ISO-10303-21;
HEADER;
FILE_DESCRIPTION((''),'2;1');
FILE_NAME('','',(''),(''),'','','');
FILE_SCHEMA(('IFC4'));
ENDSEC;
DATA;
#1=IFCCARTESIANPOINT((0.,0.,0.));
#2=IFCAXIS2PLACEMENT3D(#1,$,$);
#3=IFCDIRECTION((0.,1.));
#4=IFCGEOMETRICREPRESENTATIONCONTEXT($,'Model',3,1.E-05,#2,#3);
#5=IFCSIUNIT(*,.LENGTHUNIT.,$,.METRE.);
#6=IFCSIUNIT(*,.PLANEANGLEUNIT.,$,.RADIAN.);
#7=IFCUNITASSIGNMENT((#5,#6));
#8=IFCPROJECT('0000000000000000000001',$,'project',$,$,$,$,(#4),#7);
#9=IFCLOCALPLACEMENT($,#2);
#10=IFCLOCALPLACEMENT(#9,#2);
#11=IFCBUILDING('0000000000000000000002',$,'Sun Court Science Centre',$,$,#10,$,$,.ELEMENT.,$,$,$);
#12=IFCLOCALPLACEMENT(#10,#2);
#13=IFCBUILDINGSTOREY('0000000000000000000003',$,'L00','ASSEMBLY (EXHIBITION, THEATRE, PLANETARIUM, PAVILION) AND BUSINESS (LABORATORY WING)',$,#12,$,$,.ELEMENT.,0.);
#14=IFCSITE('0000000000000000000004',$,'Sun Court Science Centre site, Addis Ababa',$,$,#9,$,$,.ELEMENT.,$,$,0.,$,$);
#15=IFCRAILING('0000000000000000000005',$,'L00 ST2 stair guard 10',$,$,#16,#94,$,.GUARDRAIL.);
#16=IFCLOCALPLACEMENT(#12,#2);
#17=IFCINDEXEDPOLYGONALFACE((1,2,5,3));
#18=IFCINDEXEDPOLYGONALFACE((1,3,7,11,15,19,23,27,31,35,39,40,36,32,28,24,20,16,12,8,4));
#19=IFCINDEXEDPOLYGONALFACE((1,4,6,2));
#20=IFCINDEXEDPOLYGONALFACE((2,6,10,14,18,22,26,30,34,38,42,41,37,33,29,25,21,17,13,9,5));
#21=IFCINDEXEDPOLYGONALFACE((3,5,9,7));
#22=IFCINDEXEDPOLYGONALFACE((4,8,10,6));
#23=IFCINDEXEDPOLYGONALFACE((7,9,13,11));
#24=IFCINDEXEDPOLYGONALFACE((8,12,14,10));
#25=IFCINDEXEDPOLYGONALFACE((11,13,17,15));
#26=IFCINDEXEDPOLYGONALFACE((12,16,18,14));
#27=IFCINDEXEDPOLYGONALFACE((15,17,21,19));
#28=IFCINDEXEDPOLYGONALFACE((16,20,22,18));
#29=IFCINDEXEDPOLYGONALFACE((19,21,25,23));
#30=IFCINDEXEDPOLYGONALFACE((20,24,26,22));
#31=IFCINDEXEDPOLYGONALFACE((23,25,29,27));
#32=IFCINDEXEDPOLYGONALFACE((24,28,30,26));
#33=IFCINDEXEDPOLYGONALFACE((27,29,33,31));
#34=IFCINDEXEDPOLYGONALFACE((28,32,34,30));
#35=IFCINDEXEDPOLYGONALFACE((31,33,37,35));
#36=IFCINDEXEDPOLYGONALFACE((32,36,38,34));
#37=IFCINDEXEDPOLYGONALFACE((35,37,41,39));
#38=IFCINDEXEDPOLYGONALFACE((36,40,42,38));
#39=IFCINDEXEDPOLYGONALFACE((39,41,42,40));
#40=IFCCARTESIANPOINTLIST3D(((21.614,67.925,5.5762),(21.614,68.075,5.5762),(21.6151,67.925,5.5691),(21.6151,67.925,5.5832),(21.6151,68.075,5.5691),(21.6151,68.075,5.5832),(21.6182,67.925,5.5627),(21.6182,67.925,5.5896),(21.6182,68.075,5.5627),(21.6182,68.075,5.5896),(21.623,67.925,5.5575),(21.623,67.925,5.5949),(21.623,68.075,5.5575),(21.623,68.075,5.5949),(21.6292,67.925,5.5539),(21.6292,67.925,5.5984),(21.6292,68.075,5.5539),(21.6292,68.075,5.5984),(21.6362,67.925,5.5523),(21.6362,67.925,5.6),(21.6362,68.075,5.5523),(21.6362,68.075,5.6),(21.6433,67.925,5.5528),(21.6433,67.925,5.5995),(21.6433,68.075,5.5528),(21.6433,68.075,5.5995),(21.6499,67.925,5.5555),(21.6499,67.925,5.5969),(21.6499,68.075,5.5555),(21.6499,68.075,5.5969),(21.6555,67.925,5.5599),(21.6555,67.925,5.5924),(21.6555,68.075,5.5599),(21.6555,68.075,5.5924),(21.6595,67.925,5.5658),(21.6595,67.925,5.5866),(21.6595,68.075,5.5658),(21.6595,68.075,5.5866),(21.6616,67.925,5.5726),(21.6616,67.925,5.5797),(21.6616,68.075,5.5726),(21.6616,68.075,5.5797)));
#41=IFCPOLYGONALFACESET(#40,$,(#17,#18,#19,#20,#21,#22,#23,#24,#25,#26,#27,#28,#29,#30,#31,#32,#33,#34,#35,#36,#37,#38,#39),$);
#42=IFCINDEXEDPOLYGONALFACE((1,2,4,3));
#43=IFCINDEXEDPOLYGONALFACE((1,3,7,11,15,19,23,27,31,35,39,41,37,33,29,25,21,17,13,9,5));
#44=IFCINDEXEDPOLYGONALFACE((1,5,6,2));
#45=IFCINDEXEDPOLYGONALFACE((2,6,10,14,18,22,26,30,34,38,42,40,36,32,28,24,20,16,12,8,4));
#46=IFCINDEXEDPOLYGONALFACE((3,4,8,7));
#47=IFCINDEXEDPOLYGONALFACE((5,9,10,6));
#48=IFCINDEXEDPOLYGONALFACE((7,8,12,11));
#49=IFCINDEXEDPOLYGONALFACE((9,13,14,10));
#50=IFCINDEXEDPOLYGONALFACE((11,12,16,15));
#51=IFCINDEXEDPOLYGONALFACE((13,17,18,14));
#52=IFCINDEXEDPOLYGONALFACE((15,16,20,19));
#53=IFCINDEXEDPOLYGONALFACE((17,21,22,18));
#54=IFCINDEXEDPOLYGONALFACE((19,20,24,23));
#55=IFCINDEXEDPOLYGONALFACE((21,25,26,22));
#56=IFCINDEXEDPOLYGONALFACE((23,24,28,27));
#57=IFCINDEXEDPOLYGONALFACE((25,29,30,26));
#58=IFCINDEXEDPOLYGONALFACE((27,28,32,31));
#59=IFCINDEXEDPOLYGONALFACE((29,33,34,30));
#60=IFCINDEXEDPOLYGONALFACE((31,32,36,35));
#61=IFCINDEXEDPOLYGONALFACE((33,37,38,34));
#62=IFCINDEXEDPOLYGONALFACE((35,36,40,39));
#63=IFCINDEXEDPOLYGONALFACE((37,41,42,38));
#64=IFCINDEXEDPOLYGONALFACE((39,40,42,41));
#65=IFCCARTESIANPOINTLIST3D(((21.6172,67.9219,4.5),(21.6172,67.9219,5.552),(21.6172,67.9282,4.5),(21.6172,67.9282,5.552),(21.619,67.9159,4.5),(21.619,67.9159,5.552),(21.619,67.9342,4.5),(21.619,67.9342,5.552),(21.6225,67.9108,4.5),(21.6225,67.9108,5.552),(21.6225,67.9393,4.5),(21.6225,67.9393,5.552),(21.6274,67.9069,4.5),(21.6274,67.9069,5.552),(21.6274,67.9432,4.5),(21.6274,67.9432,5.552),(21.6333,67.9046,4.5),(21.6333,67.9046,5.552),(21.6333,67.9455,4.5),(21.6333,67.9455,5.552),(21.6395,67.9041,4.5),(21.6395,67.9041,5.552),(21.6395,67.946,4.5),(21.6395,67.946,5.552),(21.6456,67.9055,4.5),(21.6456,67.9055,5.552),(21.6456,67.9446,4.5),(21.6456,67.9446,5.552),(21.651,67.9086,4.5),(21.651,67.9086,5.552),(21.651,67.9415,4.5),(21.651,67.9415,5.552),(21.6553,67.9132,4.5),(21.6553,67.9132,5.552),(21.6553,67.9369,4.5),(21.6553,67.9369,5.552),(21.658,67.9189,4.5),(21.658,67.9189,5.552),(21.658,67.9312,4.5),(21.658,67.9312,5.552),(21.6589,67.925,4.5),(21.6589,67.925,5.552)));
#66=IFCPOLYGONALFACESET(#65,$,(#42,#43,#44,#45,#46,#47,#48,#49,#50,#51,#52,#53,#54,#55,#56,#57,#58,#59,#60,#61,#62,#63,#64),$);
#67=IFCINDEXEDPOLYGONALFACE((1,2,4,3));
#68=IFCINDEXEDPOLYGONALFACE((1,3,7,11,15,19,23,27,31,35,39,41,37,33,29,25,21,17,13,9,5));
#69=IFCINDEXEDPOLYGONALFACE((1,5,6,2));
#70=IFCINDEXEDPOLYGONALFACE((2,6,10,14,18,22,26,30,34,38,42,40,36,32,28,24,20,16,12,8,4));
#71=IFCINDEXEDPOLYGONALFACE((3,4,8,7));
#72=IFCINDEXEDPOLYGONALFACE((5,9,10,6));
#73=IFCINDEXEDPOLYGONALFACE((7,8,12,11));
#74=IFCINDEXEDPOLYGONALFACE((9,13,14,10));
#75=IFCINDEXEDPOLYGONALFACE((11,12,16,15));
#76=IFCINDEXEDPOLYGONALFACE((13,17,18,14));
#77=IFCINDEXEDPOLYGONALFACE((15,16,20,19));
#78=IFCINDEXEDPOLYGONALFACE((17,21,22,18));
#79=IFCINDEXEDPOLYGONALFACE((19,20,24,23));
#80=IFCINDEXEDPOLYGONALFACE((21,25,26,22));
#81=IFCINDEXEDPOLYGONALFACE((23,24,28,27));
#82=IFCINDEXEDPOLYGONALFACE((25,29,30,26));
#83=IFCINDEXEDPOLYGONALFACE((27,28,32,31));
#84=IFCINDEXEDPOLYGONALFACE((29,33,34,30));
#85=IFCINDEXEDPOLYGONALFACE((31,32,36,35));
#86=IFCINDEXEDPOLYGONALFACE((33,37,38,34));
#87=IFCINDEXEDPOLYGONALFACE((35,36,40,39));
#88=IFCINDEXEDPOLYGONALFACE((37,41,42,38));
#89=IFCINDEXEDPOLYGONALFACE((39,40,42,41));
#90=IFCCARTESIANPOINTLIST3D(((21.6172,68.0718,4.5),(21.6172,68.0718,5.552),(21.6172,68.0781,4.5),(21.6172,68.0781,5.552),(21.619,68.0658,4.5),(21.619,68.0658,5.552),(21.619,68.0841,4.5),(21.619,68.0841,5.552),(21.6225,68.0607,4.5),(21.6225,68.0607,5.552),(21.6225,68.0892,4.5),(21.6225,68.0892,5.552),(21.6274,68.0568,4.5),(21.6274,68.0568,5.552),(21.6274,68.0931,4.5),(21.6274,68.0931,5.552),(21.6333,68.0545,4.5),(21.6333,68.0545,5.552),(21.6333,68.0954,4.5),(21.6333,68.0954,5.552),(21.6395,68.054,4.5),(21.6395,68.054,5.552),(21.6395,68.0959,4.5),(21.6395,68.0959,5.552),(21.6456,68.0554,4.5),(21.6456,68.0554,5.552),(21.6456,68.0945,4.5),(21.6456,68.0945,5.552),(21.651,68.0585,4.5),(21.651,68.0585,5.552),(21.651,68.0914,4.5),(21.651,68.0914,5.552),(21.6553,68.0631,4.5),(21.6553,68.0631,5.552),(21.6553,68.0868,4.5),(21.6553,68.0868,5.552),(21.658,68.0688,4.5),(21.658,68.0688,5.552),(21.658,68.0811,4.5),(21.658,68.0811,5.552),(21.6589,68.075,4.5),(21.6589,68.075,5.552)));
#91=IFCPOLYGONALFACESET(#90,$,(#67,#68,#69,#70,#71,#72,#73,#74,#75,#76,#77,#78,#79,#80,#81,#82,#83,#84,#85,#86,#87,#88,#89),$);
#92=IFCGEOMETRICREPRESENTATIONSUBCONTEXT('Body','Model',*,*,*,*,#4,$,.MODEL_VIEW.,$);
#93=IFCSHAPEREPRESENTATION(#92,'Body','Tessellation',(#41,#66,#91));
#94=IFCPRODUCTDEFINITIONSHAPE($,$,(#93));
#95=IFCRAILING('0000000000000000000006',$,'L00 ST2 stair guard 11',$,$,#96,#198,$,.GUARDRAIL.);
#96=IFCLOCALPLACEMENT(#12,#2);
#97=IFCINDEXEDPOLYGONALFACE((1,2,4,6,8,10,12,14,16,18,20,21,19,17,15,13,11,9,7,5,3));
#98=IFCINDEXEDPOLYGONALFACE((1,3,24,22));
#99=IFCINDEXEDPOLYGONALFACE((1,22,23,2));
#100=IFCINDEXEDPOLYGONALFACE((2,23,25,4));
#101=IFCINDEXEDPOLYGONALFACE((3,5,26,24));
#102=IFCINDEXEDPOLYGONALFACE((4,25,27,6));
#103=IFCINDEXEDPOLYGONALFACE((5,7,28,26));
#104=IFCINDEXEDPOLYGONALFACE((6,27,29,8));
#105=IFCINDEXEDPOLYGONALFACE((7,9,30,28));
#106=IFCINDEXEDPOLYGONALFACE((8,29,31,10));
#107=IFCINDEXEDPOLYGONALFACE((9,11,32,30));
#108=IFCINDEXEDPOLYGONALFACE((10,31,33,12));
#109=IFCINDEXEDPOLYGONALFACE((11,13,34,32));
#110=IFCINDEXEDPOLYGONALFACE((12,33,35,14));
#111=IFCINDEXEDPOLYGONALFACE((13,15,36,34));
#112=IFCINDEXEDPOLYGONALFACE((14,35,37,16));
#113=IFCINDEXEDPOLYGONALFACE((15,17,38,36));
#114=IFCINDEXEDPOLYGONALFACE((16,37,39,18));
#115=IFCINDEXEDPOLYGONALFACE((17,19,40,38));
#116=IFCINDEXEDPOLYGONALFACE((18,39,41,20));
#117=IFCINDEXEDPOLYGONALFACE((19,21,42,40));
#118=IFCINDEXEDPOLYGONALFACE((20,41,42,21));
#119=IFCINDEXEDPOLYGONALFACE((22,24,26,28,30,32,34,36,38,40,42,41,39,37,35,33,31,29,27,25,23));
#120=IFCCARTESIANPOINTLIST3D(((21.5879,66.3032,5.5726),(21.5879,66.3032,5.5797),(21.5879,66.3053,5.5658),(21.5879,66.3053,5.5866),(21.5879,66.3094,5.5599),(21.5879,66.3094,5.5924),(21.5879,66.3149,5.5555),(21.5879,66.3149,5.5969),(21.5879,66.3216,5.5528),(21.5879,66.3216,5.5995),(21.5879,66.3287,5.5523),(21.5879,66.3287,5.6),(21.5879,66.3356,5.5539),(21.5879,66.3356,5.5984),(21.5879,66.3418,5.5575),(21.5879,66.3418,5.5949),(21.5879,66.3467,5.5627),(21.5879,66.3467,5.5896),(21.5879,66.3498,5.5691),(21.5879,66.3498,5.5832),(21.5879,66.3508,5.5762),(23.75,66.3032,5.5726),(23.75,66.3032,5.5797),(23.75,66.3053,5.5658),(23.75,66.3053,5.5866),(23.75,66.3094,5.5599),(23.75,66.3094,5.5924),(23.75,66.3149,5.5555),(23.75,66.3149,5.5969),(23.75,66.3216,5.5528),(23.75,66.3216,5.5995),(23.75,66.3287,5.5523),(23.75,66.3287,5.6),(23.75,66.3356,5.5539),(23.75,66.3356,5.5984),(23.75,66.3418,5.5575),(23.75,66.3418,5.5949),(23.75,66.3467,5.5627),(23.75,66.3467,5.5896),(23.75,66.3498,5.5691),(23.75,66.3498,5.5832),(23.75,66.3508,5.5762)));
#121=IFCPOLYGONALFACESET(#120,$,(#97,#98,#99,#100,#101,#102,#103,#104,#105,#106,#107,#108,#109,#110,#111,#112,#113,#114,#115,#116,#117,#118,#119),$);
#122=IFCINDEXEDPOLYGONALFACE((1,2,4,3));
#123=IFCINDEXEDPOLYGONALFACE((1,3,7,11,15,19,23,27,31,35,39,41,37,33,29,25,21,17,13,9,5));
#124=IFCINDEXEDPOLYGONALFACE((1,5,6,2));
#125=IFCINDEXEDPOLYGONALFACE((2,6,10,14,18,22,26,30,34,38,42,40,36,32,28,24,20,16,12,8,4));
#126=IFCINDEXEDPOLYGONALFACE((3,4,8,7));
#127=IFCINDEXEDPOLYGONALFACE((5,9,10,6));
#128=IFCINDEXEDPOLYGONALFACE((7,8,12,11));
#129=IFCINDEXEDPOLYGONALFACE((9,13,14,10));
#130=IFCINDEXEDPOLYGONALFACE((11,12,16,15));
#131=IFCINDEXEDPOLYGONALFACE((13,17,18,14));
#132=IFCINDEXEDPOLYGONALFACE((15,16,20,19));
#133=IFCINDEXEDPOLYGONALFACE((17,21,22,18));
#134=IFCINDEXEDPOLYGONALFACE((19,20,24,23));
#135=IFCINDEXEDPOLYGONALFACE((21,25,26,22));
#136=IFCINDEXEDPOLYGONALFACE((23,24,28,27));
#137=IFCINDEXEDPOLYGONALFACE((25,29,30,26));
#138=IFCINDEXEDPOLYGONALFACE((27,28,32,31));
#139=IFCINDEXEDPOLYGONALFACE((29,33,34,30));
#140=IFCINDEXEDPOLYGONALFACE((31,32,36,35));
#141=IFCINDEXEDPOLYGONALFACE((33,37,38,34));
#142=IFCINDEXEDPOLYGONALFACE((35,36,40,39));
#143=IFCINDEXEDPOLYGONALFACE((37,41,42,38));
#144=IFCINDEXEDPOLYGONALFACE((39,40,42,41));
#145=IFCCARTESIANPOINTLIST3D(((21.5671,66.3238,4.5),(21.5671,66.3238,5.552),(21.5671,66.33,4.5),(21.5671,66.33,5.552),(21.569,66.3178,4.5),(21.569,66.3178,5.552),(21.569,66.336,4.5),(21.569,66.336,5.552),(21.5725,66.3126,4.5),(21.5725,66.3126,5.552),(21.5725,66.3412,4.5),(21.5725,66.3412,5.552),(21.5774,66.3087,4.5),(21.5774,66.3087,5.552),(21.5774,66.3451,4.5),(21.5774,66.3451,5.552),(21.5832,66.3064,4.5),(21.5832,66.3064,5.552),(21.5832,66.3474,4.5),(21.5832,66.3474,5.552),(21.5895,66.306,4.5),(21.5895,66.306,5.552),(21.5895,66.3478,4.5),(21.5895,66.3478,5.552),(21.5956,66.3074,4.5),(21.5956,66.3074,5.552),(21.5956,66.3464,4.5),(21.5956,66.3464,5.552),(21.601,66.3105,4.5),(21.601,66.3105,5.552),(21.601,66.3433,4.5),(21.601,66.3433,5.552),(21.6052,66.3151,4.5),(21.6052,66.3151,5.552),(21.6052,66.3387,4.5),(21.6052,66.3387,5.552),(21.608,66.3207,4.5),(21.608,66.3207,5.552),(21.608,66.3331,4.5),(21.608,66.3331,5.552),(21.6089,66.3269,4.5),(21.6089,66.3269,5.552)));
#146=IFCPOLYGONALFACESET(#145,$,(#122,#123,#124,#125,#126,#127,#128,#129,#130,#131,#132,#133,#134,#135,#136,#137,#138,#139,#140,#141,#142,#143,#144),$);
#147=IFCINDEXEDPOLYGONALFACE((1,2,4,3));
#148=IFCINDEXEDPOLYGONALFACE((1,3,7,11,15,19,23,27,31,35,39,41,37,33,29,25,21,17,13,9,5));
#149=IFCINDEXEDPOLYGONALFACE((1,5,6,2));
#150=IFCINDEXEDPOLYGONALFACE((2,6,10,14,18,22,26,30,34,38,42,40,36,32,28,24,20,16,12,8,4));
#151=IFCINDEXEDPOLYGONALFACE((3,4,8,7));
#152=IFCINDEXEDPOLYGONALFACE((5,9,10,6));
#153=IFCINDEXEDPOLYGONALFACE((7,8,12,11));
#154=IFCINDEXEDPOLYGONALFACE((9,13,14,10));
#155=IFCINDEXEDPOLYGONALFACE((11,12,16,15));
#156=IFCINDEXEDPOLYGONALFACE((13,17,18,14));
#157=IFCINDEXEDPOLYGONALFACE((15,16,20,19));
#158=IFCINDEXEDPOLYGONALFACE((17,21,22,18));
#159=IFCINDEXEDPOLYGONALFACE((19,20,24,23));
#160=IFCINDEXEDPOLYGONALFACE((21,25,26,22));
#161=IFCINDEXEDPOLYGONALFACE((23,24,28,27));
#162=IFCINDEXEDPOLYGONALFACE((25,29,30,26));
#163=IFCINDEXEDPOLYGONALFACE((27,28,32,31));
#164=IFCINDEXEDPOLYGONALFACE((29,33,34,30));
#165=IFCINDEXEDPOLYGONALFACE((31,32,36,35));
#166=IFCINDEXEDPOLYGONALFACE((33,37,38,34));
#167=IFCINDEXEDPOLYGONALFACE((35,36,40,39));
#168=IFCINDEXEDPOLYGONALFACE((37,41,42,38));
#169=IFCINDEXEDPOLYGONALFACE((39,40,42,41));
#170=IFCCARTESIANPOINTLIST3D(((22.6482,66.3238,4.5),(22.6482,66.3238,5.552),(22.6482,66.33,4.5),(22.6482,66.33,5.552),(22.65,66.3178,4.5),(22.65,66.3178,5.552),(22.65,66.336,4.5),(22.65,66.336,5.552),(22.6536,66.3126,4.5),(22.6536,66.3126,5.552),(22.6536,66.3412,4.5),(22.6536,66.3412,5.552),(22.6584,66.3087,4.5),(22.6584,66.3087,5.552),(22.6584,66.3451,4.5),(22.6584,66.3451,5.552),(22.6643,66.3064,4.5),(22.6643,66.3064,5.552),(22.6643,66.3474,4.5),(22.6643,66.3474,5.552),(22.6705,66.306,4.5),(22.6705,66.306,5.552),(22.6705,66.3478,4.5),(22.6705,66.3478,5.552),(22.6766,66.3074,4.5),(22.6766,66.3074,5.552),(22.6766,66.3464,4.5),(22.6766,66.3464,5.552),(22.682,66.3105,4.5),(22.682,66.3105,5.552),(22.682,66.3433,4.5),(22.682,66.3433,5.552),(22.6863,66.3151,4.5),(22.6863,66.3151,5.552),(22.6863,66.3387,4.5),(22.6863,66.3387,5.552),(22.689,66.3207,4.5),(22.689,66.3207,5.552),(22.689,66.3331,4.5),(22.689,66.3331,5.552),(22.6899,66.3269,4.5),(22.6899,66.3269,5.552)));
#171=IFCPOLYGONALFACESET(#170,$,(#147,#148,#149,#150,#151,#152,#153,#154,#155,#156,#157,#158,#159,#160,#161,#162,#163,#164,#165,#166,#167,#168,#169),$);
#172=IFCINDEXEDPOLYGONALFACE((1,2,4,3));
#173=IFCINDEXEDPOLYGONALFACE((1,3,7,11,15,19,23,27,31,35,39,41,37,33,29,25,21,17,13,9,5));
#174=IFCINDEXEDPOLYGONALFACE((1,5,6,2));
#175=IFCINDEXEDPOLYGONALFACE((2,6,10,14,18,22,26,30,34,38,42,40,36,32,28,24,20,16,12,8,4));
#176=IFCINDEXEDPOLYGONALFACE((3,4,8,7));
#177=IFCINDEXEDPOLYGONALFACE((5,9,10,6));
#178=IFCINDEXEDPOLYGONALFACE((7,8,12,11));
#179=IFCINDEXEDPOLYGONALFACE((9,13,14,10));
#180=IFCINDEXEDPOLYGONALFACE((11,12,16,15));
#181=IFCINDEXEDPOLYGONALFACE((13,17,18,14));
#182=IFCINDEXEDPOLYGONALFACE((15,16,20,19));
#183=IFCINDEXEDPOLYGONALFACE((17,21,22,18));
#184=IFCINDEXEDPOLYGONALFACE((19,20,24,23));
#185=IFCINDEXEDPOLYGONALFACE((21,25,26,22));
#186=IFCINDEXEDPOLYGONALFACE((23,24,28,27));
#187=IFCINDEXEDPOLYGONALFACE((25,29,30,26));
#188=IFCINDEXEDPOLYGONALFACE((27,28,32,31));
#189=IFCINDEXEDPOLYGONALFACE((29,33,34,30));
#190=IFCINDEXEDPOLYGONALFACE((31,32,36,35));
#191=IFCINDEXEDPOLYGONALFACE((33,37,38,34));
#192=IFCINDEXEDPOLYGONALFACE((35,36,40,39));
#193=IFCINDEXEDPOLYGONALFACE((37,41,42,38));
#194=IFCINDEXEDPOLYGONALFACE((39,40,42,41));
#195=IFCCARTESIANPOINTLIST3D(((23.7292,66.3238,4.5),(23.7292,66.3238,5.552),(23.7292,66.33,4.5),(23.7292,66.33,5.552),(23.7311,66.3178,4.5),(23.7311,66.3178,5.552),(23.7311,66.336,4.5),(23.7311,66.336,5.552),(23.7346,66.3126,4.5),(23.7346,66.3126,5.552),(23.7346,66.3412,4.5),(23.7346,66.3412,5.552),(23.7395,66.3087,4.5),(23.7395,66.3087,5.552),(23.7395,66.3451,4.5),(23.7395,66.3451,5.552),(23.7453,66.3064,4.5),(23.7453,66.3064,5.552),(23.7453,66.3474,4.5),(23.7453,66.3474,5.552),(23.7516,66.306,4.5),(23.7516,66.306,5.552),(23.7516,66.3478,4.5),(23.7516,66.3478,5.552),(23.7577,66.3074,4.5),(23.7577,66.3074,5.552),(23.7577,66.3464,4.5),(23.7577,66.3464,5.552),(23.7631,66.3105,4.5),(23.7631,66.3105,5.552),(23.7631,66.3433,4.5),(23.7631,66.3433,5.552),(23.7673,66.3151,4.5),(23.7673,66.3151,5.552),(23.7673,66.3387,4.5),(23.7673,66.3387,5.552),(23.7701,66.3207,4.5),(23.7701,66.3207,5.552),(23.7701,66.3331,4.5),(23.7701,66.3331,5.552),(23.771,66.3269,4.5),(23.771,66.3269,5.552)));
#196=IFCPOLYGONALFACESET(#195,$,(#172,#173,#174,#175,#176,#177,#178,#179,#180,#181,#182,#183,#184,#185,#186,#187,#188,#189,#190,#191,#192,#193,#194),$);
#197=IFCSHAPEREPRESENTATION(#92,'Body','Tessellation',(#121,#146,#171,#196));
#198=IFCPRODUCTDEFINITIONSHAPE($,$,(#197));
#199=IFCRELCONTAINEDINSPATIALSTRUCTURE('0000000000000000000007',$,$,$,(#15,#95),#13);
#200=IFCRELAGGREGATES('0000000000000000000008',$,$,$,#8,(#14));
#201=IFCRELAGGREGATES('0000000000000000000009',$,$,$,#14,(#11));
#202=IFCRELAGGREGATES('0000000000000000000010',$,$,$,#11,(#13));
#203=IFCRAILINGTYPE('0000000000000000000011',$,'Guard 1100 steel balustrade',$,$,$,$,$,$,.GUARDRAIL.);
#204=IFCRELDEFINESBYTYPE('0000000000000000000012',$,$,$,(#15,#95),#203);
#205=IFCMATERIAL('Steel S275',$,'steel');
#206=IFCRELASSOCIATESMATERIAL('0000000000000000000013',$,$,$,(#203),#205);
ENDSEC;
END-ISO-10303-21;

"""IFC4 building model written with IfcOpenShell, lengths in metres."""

from ifc_helpers import new_model, si_unit, direction, frame, origin, origin_2d, place, context, subcontext, project, spatial, circle, extrude, material, type_object, element, save


model = new_model("IFC4")

# Units and contexts
model_context = context("Model", 3, precision=1e-05, world=origin(), true_north=direction((0.0, 1.0)))
body_context = subcontext(model_context, "Body", "Model", "MODEL_VIEW")
ifc_project = project(units=[si_unit("LENGTHUNIT", "METRE"), si_unit("PLANEANGLEUNIT", "RADIAN")], contexts=[model_context])

# Site, building, storey
site_placement = place(None, origin())
site = spatial("IfcSite", under=ifc_project, at=site_placement, Name="Sun Court Science Centre site, Addis Ababa", CompositionType="ELEMENT", RefElevation=0.0)
building_placement = place(site_placement, origin())
building = spatial("IfcBuilding", under=site, at=building_placement, Name="Sun Court Science Centre", CompositionType="ELEMENT")
storey_placement = place(building_placement, origin())
storey = spatial("IfcBuildingStorey", under=building, at=storey_placement, Name="L00", Description="ASSEMBLY (EXHIBITION, THEATRE, PLANETARIUM, PAVILION) AND BUSINESS (LABORATORY WING)", CompositionType="ELEMENT", Elevation=0.0)

# Railings
ifc_material_1 = material(Name="Steel S275", Category="steel")
railing_type = type_object("IfcRailingType", Name="Guard 1100 steel balustrade", PredefinedType="GUARDRAIL", material=ifc_material_1)
railing_1_placement = place(storey_placement, frame((21.6379, 67.925, 4.5)))
element("IfcRailing", 1, at=railing_1_placement, inside=storey, type_object=railing_type, Name="L00 ST2 stair guard 10", PredefinedType="GUARDRAIL", context=body_context, shape_type="SweptSolid", body=[
    extrude(circle(Radius=0.0239, at=origin_2d()), frame((0.0, 0.0, 1.0762), z_axis=(0.0, 1.0, 0.0), x_axis=(-1.0, 0.0, 0.0)), (0.0, 0.0, 1.0), 0.1499),
    extrude(circle(Radius=0.021, at=origin_2d()), origin(), (0.0, 0.0, 1.0), 1.052),
    extrude(circle(Radius=0.021, at=origin_2d()), frame((0.0, 0.1499, 0.0)), (0.0, 0.0, 1.0), 1.052),
])
for number, where, name in (
    (2, (21.5879, 66.3269, 4.5), "L00 ST2 stair guard 11"),
):
    element("IfcRailing", number, at=place(storey_placement, frame(where)), inside=storey, type_object=railing_type, Name=name, PredefinedType="GUARDRAIL", context=body_context, shape_type="SweptSolid", body=[
        extrude(circle(Radius=0.0239, at=origin_2d()), frame((0.0, 0.0, 1.0762), z_axis=(1.0, 0.0, 0.0), x_axis=(0.0, 1.0, 0.0)), (0.0, 0.0, 1.0), 2.1621),
        extrude(circle(Radius=0.021, at=origin_2d()), origin(), (0.0, 0.0, 1.0), 1.052),
        extrude(circle(Radius=0.021, at=origin_2d()), frame((1.0811, 0.0, 0.0)), (0.0, 0.0, 1.0), 1.052),
        extrude(circle(Radius=0.021, at=origin_2d()), frame((2.1621, 0.0, 0.0)), (0.0, 0.0, 1.0), 1.052),
    ])

save(model, "model.ifc")
